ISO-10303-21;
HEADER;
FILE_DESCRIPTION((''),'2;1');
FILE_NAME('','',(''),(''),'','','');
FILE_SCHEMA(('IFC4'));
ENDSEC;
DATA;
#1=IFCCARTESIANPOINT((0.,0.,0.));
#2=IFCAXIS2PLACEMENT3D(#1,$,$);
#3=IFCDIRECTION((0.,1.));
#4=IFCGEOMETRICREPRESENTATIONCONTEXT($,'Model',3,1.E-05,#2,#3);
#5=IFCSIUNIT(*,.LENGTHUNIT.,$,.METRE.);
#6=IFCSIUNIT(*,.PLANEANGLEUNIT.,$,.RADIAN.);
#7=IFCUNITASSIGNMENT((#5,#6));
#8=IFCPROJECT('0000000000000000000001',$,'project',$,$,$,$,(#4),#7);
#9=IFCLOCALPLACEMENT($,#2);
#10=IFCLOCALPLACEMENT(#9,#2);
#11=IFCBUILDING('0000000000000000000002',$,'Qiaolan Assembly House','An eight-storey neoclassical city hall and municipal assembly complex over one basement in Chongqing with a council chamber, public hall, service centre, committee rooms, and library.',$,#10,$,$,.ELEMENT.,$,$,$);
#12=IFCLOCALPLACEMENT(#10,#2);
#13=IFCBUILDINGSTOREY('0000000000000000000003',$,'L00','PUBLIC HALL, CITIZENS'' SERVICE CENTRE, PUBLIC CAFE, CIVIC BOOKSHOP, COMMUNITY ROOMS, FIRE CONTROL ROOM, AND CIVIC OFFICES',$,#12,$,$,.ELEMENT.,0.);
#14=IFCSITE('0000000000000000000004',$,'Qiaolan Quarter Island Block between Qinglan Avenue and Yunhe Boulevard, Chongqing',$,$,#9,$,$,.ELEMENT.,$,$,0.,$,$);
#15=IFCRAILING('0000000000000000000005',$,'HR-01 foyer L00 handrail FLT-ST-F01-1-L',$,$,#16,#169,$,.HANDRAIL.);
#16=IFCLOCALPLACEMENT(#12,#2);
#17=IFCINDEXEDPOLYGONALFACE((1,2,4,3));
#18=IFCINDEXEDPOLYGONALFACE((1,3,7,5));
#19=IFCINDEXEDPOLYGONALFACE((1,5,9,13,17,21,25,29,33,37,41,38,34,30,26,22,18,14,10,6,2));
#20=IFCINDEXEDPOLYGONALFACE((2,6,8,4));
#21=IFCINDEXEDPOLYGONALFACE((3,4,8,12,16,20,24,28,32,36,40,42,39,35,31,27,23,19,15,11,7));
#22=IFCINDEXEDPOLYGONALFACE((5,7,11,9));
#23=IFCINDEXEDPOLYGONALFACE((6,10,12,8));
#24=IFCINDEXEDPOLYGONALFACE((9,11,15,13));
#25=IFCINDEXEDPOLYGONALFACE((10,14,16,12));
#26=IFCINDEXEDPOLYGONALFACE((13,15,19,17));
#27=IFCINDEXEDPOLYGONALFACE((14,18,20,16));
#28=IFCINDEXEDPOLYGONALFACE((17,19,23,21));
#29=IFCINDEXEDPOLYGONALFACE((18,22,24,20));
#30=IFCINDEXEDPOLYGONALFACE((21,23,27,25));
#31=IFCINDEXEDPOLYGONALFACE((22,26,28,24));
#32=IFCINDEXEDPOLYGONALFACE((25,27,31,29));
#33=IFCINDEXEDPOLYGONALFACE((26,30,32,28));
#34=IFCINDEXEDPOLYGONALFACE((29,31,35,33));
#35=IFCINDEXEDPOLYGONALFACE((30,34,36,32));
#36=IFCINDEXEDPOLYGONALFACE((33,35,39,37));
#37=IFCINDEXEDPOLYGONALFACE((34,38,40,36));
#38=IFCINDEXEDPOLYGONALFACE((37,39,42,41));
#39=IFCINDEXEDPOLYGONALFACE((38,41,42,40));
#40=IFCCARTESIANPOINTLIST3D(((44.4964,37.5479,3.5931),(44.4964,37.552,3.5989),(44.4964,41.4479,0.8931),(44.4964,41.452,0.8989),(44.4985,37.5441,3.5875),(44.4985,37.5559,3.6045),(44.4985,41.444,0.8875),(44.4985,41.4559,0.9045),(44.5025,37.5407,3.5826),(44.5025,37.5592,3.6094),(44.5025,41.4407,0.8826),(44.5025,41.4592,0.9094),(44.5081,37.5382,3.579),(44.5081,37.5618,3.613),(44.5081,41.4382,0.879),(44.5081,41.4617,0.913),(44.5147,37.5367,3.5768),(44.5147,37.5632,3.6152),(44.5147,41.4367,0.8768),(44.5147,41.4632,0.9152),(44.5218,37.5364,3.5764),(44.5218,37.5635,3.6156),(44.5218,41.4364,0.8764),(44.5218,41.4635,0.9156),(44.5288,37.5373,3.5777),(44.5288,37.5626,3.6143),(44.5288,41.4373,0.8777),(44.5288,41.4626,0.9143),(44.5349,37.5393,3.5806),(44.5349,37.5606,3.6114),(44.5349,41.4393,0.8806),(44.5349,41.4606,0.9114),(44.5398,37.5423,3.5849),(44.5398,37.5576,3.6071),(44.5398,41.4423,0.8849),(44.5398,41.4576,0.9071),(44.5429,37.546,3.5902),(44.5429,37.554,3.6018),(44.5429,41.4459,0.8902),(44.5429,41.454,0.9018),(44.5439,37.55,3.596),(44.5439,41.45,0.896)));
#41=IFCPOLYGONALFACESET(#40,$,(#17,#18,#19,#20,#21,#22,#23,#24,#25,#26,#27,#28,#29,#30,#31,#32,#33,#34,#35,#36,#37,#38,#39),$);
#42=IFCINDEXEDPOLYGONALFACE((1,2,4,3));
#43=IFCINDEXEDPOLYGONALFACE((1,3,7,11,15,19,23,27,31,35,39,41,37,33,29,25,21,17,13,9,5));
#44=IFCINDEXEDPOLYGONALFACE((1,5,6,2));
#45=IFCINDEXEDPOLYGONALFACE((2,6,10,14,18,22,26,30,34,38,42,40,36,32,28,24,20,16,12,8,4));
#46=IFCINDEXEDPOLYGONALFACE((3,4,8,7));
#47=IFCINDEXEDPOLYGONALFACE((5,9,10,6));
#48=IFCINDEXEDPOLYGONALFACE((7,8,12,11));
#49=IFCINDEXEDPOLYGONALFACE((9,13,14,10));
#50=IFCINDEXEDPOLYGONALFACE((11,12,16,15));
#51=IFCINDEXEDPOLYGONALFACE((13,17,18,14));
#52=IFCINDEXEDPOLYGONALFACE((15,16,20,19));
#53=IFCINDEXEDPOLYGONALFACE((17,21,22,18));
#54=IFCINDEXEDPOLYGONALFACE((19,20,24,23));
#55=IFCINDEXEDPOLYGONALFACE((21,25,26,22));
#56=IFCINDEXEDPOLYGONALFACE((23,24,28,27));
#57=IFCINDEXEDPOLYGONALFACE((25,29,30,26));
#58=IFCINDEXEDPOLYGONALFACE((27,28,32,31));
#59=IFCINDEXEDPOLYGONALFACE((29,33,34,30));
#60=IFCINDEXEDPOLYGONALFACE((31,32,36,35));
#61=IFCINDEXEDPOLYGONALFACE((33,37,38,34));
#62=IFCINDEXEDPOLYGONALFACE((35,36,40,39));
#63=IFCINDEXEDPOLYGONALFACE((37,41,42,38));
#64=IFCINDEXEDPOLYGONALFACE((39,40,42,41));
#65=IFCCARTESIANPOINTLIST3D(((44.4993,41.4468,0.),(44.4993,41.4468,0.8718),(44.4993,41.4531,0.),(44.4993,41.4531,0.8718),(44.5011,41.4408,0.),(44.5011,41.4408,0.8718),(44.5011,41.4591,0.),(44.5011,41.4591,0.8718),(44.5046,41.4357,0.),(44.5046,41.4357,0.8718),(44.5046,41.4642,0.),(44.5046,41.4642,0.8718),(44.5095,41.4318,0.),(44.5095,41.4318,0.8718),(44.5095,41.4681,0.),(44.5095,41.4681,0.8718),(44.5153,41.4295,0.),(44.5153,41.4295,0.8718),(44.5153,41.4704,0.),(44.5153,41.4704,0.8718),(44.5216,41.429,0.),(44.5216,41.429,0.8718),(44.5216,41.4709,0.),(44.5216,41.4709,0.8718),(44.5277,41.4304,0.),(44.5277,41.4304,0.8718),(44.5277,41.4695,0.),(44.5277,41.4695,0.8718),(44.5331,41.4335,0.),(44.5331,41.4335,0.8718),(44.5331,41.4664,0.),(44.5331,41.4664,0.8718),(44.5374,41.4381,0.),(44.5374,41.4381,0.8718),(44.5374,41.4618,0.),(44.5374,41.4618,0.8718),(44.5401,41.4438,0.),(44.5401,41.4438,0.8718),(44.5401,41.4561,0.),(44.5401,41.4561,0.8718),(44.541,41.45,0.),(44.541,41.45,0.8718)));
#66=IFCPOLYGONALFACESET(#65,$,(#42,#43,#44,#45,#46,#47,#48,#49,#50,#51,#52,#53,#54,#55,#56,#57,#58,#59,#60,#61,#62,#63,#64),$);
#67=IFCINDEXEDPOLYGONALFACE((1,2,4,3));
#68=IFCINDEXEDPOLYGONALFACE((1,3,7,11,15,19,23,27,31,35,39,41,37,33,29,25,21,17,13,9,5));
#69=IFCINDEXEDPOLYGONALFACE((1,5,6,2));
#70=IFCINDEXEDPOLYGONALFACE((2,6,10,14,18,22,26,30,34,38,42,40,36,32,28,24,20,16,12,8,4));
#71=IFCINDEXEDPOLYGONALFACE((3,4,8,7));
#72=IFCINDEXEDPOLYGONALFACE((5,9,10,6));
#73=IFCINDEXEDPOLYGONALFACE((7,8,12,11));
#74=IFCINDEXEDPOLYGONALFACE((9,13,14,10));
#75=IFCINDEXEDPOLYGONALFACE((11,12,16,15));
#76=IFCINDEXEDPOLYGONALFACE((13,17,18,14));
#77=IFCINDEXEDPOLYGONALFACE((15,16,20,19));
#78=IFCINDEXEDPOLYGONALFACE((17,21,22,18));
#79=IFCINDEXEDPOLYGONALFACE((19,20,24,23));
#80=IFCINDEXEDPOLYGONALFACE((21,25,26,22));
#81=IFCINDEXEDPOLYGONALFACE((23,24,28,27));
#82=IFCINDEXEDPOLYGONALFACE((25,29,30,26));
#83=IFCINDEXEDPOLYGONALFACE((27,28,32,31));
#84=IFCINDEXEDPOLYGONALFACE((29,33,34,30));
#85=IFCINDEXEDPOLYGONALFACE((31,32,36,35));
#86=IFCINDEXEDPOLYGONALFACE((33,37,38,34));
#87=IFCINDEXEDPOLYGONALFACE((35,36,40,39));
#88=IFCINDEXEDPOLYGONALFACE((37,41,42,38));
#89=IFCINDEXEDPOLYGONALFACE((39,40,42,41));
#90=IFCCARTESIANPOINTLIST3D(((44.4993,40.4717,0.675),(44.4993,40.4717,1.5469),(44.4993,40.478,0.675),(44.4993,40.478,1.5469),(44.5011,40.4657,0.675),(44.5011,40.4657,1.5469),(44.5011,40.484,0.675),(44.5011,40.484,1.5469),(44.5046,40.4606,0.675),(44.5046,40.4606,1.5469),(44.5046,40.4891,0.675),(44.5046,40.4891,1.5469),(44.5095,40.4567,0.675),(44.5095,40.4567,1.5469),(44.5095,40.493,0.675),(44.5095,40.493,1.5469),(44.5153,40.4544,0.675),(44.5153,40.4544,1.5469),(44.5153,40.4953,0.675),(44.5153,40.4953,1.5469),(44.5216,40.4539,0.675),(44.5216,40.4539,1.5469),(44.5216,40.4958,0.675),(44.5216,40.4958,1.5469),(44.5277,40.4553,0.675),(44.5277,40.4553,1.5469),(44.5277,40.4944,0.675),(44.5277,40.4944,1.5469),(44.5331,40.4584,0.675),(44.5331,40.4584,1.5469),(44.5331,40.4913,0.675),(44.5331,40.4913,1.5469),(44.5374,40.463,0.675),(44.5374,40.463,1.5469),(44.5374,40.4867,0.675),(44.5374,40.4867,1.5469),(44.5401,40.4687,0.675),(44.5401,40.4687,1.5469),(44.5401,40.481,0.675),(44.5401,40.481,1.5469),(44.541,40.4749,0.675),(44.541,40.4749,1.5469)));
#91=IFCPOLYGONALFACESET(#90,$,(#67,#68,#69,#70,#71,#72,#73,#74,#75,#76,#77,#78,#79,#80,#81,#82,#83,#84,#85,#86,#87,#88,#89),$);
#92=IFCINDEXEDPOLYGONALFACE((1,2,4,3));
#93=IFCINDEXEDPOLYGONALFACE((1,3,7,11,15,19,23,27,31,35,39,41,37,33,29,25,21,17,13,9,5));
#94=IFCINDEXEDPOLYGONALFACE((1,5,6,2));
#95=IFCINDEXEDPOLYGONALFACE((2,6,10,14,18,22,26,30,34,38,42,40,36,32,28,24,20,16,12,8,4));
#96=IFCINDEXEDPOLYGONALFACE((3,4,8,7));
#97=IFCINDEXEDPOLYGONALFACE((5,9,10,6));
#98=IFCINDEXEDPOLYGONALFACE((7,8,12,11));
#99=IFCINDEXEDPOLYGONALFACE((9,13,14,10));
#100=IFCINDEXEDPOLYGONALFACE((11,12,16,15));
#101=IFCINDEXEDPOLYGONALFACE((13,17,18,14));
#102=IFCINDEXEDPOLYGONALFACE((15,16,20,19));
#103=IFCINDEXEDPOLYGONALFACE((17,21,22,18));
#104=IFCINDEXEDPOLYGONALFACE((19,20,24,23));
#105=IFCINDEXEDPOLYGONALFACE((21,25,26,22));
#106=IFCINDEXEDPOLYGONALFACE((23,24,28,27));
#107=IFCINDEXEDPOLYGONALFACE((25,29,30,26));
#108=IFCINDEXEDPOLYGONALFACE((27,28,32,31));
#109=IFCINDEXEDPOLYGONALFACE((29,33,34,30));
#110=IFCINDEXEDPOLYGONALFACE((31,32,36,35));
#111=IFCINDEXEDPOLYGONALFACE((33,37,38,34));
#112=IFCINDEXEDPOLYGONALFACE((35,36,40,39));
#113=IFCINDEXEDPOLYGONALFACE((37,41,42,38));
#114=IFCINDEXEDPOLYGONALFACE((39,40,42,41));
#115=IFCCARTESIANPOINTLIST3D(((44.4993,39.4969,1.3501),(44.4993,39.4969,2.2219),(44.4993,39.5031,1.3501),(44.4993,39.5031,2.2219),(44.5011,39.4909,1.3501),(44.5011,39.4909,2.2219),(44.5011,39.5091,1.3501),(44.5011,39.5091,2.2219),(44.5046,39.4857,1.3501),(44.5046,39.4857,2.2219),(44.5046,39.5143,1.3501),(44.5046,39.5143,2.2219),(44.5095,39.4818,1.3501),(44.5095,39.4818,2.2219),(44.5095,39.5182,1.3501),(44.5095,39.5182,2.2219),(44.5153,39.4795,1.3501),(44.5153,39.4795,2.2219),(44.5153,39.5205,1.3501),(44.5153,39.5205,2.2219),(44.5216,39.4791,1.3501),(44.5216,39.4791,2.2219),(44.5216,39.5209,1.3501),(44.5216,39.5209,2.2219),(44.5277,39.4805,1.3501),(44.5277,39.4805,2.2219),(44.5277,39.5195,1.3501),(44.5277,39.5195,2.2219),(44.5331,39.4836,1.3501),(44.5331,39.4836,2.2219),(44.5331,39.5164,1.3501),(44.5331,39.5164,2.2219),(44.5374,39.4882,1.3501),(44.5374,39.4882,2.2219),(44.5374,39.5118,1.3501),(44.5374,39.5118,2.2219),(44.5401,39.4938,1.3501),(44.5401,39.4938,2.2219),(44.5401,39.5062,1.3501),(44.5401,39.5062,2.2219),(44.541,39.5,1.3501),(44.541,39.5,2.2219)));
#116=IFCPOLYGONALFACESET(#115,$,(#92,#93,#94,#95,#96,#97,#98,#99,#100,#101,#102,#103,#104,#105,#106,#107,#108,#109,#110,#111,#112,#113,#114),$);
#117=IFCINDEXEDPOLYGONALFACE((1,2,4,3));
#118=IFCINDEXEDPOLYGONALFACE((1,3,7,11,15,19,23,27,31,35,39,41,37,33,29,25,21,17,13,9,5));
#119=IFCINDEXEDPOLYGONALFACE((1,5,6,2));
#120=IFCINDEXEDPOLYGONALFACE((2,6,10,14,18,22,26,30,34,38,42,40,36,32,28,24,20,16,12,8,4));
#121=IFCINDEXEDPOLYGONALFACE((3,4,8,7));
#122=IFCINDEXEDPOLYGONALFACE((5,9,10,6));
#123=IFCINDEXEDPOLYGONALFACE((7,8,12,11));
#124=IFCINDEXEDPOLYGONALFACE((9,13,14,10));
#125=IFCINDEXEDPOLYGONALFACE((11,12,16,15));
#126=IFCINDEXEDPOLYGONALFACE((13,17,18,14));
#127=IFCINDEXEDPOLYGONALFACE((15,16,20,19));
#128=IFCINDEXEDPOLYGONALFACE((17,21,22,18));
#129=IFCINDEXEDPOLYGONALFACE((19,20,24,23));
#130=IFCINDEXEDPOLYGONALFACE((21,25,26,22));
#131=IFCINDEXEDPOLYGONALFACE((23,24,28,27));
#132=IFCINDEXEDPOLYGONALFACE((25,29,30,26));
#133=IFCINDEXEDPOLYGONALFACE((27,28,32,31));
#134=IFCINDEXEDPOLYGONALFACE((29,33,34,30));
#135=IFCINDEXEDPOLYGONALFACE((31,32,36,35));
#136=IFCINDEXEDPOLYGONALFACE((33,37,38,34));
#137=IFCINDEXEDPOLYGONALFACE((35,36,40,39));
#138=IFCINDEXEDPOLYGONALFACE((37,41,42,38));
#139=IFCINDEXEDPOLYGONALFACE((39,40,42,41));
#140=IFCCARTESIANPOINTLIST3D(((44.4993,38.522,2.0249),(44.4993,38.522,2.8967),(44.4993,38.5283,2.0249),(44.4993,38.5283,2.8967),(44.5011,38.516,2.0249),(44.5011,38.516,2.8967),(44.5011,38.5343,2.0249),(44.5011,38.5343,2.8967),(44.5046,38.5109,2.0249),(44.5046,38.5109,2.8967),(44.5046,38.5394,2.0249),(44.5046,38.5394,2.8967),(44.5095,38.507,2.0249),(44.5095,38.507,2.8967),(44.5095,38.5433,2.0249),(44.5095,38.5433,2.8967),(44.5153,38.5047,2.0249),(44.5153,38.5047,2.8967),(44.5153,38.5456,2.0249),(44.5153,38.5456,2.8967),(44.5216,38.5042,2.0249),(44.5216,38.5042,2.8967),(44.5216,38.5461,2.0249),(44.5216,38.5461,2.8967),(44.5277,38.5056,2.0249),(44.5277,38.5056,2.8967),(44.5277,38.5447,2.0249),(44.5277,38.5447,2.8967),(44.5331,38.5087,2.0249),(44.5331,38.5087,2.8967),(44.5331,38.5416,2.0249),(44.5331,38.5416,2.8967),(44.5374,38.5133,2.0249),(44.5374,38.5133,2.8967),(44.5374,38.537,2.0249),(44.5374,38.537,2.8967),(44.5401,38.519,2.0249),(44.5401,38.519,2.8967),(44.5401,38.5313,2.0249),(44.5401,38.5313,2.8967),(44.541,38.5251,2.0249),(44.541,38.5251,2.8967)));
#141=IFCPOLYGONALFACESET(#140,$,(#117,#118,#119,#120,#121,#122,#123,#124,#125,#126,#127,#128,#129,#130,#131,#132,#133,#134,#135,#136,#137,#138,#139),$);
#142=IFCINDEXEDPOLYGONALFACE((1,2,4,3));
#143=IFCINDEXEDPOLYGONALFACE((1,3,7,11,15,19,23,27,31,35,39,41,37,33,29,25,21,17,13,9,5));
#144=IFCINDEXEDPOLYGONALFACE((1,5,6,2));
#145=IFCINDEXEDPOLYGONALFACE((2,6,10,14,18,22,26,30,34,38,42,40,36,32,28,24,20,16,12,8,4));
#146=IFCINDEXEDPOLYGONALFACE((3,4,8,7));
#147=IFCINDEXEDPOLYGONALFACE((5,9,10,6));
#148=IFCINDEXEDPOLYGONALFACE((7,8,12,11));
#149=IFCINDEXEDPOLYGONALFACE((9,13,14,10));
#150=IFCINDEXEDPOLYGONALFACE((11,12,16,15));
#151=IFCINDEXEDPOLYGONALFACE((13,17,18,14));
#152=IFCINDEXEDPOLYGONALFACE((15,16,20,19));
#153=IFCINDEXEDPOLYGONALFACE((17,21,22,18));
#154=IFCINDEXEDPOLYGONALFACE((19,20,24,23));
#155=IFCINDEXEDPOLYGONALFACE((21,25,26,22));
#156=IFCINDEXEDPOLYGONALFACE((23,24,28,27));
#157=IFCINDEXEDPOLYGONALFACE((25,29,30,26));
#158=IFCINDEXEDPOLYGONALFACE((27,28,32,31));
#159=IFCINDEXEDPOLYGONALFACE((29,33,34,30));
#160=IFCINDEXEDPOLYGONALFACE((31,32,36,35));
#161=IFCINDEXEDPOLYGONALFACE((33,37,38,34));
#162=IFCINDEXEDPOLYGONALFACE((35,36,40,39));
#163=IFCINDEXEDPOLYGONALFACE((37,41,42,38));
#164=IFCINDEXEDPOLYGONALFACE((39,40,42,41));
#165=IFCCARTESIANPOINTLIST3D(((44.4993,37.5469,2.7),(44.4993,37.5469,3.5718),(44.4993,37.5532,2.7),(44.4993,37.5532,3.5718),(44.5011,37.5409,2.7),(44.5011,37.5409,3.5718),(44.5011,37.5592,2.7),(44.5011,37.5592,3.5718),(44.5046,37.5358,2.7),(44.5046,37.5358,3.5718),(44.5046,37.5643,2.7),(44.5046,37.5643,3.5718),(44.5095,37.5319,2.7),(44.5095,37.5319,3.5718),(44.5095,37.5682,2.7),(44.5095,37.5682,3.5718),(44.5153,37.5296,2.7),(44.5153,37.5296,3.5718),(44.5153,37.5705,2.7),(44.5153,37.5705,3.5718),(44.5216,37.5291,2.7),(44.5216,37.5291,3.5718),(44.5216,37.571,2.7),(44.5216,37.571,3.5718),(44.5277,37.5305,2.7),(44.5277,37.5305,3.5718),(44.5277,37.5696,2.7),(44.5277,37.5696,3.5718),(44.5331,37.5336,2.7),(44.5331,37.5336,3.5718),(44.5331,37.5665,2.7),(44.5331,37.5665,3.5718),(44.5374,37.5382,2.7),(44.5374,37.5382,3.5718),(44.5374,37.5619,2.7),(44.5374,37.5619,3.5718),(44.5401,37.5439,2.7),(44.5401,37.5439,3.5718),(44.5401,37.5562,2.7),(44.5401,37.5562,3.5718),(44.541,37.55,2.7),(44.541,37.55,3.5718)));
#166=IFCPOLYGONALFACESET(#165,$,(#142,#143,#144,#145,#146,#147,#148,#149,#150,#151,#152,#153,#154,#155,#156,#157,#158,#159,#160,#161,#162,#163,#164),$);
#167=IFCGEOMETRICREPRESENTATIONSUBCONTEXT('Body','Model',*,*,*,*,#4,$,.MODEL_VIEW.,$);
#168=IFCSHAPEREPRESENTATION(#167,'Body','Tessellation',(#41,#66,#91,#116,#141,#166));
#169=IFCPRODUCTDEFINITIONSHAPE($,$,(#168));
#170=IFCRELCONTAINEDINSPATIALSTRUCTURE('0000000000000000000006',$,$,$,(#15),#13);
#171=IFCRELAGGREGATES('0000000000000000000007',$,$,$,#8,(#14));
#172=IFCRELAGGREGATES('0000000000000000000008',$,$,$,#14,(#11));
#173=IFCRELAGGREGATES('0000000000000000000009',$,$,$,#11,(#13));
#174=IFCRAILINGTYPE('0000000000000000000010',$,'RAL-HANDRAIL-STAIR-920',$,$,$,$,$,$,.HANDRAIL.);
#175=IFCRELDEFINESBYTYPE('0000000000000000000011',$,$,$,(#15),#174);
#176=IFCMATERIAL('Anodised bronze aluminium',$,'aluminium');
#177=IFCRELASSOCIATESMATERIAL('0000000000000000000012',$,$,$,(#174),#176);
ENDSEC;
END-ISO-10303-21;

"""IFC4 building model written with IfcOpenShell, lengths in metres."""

from ifc_helpers import new_model, si_unit, direction, frame, origin, origin_2d, place, context, subcontext, project, spatial, circle, extrude, material, type_object, element, save


model = new_model("IFC4")

# Units and contexts
model_context = context("Model", 3, precision=1e-05, world=origin(), true_north=direction((0.0, 1.0)))
body_context = subcontext(model_context, "Body", "Model", "MODEL_VIEW")
ifc_project = project(units=[si_unit("LENGTHUNIT", "METRE"), si_unit("PLANEANGLEUNIT", "RADIAN")], contexts=[model_context])

# Site, building, storey
site_placement = place(None, origin())
site = spatial("IfcSite", under=ifc_project, at=site_placement, Name="Qiaolan Quarter Island Block between Qinglan Avenue and Yunhe Boulevard, Chongqing", CompositionType="ELEMENT", RefElevation=0.0)
building_placement = place(site_placement, origin())
building = spatial("IfcBuilding", under=site, at=building_placement, Name="Qiaolan Assembly House", Description="An eight-storey neoclassical city hall and municipal assembly complex over one basement in Chongqing with a council chamber, public hall, service centre, committee rooms, and library.", CompositionType="ELEMENT")
storey_placement = place(building_placement, origin())
storey = spatial("IfcBuildingStorey", under=building, at=storey_placement, Name="L00", Description="PUBLIC HALL, CITIZENS' SERVICE CENTRE, PUBLIC CAFE, CIVIC BOOKSHOP, COMMUNITY ROOMS, FIRE CONTROL ROOM, AND CIVIC OFFICES", CompositionType="ELEMENT", Elevation=0.0)

# Shared definitions
ifc_material_1 = material(Name="Anodised bronze aluminium", Category="aluminium")

# Railing
railing_type_1 = type_object("IfcRailingType", Name="RAL-HANDRAIL-STAIR-920", PredefinedType="HANDRAIL", material=ifc_material_1)
railing_1_placement = place(storey_placement, frame((44.52, 41.45, 0.0)))
element("IfcRailing", 1, at=railing_1_placement, inside=storey, type_object=railing_type_1, Name="HR-01 foyer L00 handrail FLT-ST-F01-1-L", PredefinedType="HANDRAIL", context=body_context, shape_type="SweptSolid", body=[
    extrude(circle(Radius=0.0239, at=origin_2d()), frame((0.0, 0.0, 0.896), z_axis=(0.0, -0.82219, 0.569213), x_axis=(1.0, 0.0, 0.0)), (0.0, 0.0, 1.0), 4.7434),
    extrude(circle(Radius=0.021, at=origin_2d()), origin(), (0.0, 0.0, 1.0), 0.8718),
    extrude(circle(Radius=0.021, at=origin_2d()), frame((0.0, -0.9751, 0.675)), (0.0, 0.0, 1.0), 0.8718),
    extrude(circle(Radius=0.021, at=origin_2d()), frame((0.0, -1.95, 1.3501)), (0.0, 0.0, 1.0), 0.8718),
    extrude(circle(Radius=0.021, at=origin_2d()), frame((0.0, -2.9248, 2.0249)), (0.0, 0.0, 1.0), 0.8718),
    extrude(circle(Radius=0.021, at=origin_2d()), frame((0.0, -3.8999, 2.7)), (0.0, 0.0, 1.0), 0.8718),
])

save(model, "model.ifc")
